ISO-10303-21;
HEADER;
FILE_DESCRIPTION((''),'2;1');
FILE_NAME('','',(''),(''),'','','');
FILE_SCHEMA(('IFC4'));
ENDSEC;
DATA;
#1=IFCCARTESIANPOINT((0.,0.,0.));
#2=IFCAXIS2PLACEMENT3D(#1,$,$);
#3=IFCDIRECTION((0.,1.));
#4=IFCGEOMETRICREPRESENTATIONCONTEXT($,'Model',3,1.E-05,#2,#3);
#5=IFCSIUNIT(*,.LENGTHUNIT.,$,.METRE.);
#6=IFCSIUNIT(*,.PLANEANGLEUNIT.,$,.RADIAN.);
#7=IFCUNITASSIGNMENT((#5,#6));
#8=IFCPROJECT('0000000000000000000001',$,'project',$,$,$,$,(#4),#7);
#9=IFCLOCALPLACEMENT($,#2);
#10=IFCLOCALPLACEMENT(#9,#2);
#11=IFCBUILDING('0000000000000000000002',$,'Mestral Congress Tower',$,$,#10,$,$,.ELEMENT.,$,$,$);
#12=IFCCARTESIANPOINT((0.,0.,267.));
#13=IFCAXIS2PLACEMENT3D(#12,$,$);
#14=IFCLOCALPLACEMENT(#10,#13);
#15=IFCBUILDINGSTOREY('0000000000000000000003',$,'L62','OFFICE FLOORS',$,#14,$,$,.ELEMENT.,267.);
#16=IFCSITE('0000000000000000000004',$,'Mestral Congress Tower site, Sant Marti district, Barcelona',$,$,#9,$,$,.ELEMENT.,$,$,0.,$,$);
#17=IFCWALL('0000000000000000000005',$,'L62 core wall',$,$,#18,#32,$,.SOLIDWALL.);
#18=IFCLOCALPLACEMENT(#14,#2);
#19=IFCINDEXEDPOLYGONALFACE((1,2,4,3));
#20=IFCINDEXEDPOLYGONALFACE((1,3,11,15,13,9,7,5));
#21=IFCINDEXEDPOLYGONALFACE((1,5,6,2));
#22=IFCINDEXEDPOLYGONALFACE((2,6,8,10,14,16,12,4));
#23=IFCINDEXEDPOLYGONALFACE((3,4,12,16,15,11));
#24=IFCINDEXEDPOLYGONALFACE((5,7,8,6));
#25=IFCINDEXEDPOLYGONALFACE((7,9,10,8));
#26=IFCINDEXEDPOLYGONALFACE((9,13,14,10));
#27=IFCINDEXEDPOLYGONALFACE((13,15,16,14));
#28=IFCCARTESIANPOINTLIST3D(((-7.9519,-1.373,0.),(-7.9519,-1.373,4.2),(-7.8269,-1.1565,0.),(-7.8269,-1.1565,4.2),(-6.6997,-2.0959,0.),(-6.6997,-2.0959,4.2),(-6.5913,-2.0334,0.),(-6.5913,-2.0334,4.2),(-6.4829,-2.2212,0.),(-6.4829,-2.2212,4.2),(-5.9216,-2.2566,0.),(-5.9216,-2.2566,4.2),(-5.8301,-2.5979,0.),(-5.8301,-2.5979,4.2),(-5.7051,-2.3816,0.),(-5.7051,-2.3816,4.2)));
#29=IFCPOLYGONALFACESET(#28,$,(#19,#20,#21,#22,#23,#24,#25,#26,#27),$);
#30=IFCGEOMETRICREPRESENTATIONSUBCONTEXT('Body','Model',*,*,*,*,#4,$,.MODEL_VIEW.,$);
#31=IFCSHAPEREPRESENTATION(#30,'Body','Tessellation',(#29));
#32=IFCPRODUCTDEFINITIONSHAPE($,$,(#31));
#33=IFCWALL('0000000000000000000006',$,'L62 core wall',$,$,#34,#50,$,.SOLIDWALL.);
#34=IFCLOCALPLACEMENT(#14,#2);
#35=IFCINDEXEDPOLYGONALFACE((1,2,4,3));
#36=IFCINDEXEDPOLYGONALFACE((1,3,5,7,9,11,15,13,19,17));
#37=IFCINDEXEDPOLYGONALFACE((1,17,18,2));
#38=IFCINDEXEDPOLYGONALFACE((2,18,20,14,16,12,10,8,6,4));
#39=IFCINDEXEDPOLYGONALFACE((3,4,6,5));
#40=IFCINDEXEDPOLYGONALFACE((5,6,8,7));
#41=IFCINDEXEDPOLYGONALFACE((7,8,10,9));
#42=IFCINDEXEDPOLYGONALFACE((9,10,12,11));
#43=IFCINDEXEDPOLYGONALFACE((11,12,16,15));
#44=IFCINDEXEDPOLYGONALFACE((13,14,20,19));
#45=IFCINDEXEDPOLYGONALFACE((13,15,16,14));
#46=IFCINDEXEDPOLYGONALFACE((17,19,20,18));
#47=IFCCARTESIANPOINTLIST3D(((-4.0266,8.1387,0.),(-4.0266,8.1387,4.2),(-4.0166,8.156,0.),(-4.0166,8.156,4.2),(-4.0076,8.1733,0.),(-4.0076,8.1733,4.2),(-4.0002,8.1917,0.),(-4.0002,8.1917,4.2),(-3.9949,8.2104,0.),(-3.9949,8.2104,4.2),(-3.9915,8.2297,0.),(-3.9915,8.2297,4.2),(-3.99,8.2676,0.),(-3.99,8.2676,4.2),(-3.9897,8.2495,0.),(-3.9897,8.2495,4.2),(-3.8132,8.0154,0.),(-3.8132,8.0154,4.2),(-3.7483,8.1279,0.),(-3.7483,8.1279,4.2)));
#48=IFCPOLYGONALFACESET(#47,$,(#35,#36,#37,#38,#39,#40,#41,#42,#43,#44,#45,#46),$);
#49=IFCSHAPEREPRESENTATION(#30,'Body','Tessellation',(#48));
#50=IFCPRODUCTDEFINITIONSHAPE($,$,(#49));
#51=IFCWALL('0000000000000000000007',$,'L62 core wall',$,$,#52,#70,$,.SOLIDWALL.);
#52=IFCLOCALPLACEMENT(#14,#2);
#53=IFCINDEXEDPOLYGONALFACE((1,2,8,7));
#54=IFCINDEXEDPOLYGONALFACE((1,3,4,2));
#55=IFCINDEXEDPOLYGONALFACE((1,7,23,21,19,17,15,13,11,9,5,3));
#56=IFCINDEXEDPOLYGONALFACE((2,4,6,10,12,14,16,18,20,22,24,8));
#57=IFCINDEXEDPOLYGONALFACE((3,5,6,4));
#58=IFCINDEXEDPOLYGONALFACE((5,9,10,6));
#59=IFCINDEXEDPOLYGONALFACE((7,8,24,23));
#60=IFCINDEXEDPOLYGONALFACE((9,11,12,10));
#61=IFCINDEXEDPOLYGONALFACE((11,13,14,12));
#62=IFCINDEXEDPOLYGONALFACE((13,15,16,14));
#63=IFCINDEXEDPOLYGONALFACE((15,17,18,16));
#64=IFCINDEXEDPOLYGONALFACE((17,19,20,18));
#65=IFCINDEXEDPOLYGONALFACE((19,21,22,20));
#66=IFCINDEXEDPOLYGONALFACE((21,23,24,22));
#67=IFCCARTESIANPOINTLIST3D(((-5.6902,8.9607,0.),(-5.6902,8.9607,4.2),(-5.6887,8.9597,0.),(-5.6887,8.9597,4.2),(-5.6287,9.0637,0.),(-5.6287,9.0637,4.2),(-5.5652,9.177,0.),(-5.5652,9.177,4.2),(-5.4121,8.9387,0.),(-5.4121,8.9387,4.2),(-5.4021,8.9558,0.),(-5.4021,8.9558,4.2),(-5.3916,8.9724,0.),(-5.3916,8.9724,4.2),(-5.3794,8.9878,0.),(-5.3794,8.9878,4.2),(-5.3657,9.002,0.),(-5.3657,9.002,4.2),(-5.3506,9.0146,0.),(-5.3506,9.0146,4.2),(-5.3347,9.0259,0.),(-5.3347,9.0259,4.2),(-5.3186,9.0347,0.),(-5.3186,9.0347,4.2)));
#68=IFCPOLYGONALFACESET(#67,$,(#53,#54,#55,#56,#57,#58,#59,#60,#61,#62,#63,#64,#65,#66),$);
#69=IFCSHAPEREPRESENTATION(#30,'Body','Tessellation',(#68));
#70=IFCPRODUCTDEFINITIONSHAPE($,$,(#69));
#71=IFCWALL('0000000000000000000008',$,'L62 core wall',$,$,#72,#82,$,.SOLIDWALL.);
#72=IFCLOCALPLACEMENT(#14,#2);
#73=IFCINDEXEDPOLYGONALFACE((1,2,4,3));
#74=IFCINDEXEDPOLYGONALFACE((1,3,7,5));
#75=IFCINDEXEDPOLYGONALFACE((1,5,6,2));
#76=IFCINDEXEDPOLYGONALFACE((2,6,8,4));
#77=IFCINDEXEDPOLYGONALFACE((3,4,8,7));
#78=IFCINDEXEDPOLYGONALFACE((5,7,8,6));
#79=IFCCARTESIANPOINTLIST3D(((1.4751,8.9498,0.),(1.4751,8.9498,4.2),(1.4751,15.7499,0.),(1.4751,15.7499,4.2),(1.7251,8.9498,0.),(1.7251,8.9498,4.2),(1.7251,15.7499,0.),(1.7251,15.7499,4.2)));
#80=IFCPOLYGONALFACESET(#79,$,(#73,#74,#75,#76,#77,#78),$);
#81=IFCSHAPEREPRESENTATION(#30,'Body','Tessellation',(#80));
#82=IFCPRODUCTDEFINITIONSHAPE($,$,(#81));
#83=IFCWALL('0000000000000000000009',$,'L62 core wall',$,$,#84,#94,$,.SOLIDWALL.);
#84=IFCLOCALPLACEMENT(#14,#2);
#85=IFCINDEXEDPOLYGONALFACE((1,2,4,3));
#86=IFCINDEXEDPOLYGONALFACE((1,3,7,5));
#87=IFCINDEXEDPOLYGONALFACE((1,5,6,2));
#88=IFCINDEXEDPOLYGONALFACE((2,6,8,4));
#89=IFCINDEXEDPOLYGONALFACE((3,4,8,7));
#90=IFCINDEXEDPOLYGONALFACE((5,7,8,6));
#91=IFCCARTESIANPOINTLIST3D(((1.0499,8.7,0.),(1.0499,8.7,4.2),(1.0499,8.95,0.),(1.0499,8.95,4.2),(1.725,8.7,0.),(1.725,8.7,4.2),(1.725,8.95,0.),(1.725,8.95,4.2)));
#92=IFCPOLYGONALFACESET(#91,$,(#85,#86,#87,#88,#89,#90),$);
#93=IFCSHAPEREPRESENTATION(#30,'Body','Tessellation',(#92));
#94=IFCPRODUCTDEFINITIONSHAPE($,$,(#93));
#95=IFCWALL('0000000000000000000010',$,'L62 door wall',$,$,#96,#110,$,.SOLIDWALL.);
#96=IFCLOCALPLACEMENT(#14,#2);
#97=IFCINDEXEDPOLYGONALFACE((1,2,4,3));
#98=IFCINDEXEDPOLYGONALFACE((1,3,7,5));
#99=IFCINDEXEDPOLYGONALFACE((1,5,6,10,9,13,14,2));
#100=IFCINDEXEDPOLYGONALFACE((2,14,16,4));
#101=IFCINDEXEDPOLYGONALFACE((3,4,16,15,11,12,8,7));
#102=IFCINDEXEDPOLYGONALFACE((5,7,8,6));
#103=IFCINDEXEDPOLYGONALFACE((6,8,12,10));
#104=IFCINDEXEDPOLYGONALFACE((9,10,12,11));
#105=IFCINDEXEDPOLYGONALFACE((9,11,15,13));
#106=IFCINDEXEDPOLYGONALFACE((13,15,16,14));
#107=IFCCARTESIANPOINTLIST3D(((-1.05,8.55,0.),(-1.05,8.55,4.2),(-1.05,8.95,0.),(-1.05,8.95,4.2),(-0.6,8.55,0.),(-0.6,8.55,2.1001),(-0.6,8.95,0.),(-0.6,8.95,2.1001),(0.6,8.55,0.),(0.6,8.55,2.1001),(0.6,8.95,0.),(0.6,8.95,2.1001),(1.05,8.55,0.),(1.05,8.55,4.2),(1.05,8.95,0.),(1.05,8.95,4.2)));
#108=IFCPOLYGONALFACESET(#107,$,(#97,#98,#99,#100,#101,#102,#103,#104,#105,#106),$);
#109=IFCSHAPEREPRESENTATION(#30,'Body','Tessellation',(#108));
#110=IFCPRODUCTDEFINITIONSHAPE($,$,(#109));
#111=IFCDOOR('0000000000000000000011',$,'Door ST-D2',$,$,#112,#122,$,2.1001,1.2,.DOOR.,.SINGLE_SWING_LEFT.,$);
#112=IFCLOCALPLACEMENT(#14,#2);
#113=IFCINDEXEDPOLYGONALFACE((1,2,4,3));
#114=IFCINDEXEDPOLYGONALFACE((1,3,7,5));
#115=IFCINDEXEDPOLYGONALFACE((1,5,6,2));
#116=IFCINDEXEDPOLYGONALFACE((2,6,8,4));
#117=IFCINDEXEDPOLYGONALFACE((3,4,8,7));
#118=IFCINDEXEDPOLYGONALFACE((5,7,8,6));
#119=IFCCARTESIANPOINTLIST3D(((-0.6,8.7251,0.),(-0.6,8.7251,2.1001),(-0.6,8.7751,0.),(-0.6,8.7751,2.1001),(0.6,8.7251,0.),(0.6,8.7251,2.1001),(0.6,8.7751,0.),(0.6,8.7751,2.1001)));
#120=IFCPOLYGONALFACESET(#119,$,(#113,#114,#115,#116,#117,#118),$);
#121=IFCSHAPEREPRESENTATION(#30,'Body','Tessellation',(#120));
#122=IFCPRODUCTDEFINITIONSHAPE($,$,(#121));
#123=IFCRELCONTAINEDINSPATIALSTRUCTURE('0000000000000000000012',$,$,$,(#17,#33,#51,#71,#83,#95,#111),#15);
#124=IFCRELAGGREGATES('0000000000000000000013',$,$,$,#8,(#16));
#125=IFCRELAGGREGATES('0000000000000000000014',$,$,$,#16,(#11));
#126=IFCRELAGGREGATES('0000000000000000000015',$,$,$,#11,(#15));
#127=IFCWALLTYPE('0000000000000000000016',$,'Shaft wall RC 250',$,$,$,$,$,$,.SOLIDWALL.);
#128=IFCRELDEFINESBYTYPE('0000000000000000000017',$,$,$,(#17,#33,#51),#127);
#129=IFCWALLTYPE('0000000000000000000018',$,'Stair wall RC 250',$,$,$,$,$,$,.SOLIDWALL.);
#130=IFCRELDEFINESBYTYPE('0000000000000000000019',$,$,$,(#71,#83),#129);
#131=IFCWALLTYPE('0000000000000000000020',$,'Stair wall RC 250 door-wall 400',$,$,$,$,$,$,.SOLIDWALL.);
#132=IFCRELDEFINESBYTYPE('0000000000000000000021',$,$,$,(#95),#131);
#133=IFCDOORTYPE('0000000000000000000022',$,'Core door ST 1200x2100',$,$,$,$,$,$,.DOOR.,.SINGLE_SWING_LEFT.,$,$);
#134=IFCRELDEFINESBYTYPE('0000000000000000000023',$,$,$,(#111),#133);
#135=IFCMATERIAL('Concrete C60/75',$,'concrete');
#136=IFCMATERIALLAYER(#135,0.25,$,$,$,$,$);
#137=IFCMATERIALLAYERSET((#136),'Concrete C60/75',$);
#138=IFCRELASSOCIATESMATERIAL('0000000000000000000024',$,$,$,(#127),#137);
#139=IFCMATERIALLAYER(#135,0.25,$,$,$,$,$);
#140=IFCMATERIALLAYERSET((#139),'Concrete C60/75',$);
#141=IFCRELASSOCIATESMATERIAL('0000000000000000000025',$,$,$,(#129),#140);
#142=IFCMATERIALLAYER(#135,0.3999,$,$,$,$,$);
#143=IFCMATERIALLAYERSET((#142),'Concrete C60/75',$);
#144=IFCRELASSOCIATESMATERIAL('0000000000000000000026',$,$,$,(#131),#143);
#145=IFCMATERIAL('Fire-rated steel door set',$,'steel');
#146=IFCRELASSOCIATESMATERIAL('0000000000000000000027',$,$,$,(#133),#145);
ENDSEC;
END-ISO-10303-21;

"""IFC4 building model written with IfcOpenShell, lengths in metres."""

from ifc_helpers import new_model, si_unit, direction, frame, frame_2d, origin, place, context, subcontext, project, spatial, polyline, rectangle, outline, extrude, material, layer, layer_set, type_object, element, fill, save


model = new_model("IFC4")

# Units and contexts
model_context = context("Model", 3, precision=1e-05, world=origin(), true_north=direction((0.0, 1.0)))
body_context = subcontext(model_context, "Body", "Model", "MODEL_VIEW")
ifc_project = project(units=[si_unit("LENGTHUNIT", "METRE"), si_unit("PLANEANGLEUNIT", "RADIAN")], contexts=[model_context])

# Site, building, storey
site_placement = place(None, origin())
site = spatial("IfcSite", under=ifc_project, at=site_placement, Name="Mestral Congress Tower site, Sant Marti district, Barcelona", CompositionType="ELEMENT", RefElevation=0.0)
building_placement = place(site_placement, origin())
building = spatial("IfcBuilding", under=site, at=building_placement, Name="Mestral Congress Tower", CompositionType="ELEMENT")
storey_placement = place(building_placement, frame((0.0, 0.0, 267.0)))
storey = spatial("IfcBuildingStorey", under=building, at=storey_placement, Name="L62", Description="OFFICE FLOORS", CompositionType="ELEMENT", Elevation=267.0)

# Shared definitions
placement = place(storey_placement, origin())

# Shared definitions
ifc_material_1 = material(Name="Fire-rated steel door set", Category="steel")

# Walls
ifc_material_2 = material(Name="Concrete C60/75", Category="concrete")
ifc_layer_1 = layer(ifc_material_2, 0.25)
ifc_layer_set_1 = layer_set([ifc_layer_1], Name="Concrete C60/75")
wall_type_1 = type_object("IfcWallType", Name="Shaft wall RC 250", PredefinedType="SOLIDWALL", material=ifc_layer_set_1)
element("IfcWall", 1, at=placement, inside=storey, type_object=wall_type_1, Name="L62 core wall", PredefinedType="SOLIDWALL", context=body_context, shape_type="SweptSolid", body=[
    extrude(outline(polyline([(-5.9216, -2.2566), (-5.9216, -2.2566), (-5.7051, -2.3816), (-5.8301, -2.5979), (-6.4829, -2.2212), (-6.5913, -2.0334), (-6.5913, -2.0334), (-6.6997, -2.0959), (-7.9519, -1.373), (-7.8269, -1.1565), (-5.9216, -2.2566)])), origin(), (0.0, 0.0, 1.0), 4.2),
])
element("IfcWall", 2, at=placement, inside=storey, type_object=wall_type_1, Name="L62 core wall", PredefinedType="SOLIDWALL", context=body_context, shape_type="SweptSolid", body=[
    extrude(outline(polyline([(-3.7483, 8.1279), (-3.8132, 8.0154), (-4.0266, 8.1387), (-4.0166, 8.156), (-4.0076, 8.1733), (-4.0002, 8.1917), (-3.9949, 8.2104), (-3.9915, 8.2297), (-3.9897, 8.2495), (-3.99, 8.2676), (-3.7483, 8.1279)])), origin(), (0.0, 0.0, 1.0), 4.2),
])
element("IfcWall", 3, at=placement, inside=storey, type_object=wall_type_1, Name="L62 core wall", PredefinedType="SOLIDWALL", context=body_context, shape_type="SweptSolid", body=[
    extrude(outline(polyline([(-5.6887, 8.9597), (-5.6902, 8.9607), (-5.5652, 9.177), (-5.3186, 9.0347), (-5.3347, 9.0259), (-5.3506, 9.0146), (-5.3657, 9.002), (-5.3794, 8.9878), (-5.3916, 8.9724), (-5.4021, 8.9558), (-5.4121, 8.9387), (-5.6287, 9.0637), (-5.6287, 9.0637), (-5.6887, 8.9597)])), origin(), (0.0, 0.0, 1.0), 4.2),
])
ifc_layer_2 = layer(ifc_material_2, 0.25)
ifc_layer_set_2 = layer_set([ifc_layer_2], Name="Concrete C60/75")
wall_type_2 = type_object("IfcWallType", Name="Stair wall RC 250", PredefinedType="SOLIDWALL", material=ifc_layer_set_2)
wall_1_placement = place(storey_placement, frame((1.6001, 8.95, 0.0), z_axis=(0.0, 0.0, 1.0), x_axis=(0.0, 1.0, 0.0)))
element("IfcWall", 4, at=wall_1_placement, inside=storey, type_object=wall_type_2, Name="L62 core wall", PredefinedType="SOLIDWALL", context=body_context, shape_type="SweptSolid", body=[
    extrude(rectangle(XDim=6.8, YDim=0.25, at=frame_2d((3.3999, 0.0))), origin(), (0.0, 0.0, 1.0), 4.2),
])
wall_2_placement = place(storey_placement, frame((1.05, 8.825, 0.0), z_axis=(0.0, 0.0, 1.0), x_axis=(1.0, 0.0, 0.0)))
element("IfcWall", 5, at=wall_2_placement, inside=storey, type_object=wall_type_2, Name="L62 core wall", PredefinedType="SOLIDWALL", context=body_context, shape_type="SweptSolid", body=[
    extrude(rectangle(XDim=0.675, YDim=0.25, at=frame_2d((0.3374, 0.0))), origin(), (0.0, 0.0, 1.0), 4.2),
])

# Wall, opening, door
ifc_layer_3 = layer(ifc_material_2, 0.3999)
ifc_layer_set_3 = layer_set([ifc_layer_3], Name="Concrete C60/75")
wall_type_3 = type_object("IfcWallType", Name="Stair wall RC 250 door-wall 400", PredefinedType="SOLIDWALL", material=ifc_layer_set_3)
wall_3_placement = place(storey_placement, frame((1.05, 8.75, 0.0), z_axis=(0.0, 0.0, 1.0), x_axis=(-1.0, 0.0, 0.0)))
wall_3 = element("IfcWall", 6, at=wall_3_placement, inside=storey, type_object=wall_type_3, Name="L62 door wall", PredefinedType="SOLIDWALL", context=body_context, shape_type="SweptSolid", body=[
    extrude(rectangle(XDim=2.1001, YDim=0.3999, at=frame_2d((1.05, 0.0))), origin(), (0.0, 0.0, 1.0), 4.2),
])
opening_1_placement = place(wall_3_placement, frame((0.45, 0.0, 0.0)))
opening_1 = element("IfcOpeningElement", 7, at=opening_1_placement, cuts=wall_3, PredefinedType="OPENING", context=body_context, shape_type="SweptSolid", body=[
    extrude(rectangle(XDim=1.2, YDim=2.1001, at=frame_2d((0.6001, 1.05))), frame((0.0, 0.21, 0.0), z_axis=(0.0, -1.0, 0.0), x_axis=(1.0, 0.0, 0.0)), (0.0, 0.0, 1.0), 0.4199),
])
door_type_1 = type_object("IfcDoorType", Name="Core door ST 1200x2100", OperationType="SINGLE_SWING_LEFT", PredefinedType="DOOR", material=ifc_material_1)
door_1_placement = place(opening_1_placement, origin())
door_1 = element("IfcDoor", 8, at=door_1_placement, inside=storey, type_object=door_type_1, Name="Door ST-D2", OperationType="SINGLE_SWING_LEFT", OverallHeight=2.1001, OverallWidth=1.2, PredefinedType="DOOR", context=body_context, shape_type="SweptSolid", body=[
    extrude(rectangle(XDim=1.2, YDim=2.1001, at=frame_2d((0.6001, 1.05))), frame((0.0, 0.0249, 0.0), z_axis=(0.0, -1.0, 0.0), x_axis=(1.0, 0.0, 0.0)), (0.0, 0.0, 1.0), 0.05),
])
fill(opening_1, door_1)

save(model, "model.ifc")
